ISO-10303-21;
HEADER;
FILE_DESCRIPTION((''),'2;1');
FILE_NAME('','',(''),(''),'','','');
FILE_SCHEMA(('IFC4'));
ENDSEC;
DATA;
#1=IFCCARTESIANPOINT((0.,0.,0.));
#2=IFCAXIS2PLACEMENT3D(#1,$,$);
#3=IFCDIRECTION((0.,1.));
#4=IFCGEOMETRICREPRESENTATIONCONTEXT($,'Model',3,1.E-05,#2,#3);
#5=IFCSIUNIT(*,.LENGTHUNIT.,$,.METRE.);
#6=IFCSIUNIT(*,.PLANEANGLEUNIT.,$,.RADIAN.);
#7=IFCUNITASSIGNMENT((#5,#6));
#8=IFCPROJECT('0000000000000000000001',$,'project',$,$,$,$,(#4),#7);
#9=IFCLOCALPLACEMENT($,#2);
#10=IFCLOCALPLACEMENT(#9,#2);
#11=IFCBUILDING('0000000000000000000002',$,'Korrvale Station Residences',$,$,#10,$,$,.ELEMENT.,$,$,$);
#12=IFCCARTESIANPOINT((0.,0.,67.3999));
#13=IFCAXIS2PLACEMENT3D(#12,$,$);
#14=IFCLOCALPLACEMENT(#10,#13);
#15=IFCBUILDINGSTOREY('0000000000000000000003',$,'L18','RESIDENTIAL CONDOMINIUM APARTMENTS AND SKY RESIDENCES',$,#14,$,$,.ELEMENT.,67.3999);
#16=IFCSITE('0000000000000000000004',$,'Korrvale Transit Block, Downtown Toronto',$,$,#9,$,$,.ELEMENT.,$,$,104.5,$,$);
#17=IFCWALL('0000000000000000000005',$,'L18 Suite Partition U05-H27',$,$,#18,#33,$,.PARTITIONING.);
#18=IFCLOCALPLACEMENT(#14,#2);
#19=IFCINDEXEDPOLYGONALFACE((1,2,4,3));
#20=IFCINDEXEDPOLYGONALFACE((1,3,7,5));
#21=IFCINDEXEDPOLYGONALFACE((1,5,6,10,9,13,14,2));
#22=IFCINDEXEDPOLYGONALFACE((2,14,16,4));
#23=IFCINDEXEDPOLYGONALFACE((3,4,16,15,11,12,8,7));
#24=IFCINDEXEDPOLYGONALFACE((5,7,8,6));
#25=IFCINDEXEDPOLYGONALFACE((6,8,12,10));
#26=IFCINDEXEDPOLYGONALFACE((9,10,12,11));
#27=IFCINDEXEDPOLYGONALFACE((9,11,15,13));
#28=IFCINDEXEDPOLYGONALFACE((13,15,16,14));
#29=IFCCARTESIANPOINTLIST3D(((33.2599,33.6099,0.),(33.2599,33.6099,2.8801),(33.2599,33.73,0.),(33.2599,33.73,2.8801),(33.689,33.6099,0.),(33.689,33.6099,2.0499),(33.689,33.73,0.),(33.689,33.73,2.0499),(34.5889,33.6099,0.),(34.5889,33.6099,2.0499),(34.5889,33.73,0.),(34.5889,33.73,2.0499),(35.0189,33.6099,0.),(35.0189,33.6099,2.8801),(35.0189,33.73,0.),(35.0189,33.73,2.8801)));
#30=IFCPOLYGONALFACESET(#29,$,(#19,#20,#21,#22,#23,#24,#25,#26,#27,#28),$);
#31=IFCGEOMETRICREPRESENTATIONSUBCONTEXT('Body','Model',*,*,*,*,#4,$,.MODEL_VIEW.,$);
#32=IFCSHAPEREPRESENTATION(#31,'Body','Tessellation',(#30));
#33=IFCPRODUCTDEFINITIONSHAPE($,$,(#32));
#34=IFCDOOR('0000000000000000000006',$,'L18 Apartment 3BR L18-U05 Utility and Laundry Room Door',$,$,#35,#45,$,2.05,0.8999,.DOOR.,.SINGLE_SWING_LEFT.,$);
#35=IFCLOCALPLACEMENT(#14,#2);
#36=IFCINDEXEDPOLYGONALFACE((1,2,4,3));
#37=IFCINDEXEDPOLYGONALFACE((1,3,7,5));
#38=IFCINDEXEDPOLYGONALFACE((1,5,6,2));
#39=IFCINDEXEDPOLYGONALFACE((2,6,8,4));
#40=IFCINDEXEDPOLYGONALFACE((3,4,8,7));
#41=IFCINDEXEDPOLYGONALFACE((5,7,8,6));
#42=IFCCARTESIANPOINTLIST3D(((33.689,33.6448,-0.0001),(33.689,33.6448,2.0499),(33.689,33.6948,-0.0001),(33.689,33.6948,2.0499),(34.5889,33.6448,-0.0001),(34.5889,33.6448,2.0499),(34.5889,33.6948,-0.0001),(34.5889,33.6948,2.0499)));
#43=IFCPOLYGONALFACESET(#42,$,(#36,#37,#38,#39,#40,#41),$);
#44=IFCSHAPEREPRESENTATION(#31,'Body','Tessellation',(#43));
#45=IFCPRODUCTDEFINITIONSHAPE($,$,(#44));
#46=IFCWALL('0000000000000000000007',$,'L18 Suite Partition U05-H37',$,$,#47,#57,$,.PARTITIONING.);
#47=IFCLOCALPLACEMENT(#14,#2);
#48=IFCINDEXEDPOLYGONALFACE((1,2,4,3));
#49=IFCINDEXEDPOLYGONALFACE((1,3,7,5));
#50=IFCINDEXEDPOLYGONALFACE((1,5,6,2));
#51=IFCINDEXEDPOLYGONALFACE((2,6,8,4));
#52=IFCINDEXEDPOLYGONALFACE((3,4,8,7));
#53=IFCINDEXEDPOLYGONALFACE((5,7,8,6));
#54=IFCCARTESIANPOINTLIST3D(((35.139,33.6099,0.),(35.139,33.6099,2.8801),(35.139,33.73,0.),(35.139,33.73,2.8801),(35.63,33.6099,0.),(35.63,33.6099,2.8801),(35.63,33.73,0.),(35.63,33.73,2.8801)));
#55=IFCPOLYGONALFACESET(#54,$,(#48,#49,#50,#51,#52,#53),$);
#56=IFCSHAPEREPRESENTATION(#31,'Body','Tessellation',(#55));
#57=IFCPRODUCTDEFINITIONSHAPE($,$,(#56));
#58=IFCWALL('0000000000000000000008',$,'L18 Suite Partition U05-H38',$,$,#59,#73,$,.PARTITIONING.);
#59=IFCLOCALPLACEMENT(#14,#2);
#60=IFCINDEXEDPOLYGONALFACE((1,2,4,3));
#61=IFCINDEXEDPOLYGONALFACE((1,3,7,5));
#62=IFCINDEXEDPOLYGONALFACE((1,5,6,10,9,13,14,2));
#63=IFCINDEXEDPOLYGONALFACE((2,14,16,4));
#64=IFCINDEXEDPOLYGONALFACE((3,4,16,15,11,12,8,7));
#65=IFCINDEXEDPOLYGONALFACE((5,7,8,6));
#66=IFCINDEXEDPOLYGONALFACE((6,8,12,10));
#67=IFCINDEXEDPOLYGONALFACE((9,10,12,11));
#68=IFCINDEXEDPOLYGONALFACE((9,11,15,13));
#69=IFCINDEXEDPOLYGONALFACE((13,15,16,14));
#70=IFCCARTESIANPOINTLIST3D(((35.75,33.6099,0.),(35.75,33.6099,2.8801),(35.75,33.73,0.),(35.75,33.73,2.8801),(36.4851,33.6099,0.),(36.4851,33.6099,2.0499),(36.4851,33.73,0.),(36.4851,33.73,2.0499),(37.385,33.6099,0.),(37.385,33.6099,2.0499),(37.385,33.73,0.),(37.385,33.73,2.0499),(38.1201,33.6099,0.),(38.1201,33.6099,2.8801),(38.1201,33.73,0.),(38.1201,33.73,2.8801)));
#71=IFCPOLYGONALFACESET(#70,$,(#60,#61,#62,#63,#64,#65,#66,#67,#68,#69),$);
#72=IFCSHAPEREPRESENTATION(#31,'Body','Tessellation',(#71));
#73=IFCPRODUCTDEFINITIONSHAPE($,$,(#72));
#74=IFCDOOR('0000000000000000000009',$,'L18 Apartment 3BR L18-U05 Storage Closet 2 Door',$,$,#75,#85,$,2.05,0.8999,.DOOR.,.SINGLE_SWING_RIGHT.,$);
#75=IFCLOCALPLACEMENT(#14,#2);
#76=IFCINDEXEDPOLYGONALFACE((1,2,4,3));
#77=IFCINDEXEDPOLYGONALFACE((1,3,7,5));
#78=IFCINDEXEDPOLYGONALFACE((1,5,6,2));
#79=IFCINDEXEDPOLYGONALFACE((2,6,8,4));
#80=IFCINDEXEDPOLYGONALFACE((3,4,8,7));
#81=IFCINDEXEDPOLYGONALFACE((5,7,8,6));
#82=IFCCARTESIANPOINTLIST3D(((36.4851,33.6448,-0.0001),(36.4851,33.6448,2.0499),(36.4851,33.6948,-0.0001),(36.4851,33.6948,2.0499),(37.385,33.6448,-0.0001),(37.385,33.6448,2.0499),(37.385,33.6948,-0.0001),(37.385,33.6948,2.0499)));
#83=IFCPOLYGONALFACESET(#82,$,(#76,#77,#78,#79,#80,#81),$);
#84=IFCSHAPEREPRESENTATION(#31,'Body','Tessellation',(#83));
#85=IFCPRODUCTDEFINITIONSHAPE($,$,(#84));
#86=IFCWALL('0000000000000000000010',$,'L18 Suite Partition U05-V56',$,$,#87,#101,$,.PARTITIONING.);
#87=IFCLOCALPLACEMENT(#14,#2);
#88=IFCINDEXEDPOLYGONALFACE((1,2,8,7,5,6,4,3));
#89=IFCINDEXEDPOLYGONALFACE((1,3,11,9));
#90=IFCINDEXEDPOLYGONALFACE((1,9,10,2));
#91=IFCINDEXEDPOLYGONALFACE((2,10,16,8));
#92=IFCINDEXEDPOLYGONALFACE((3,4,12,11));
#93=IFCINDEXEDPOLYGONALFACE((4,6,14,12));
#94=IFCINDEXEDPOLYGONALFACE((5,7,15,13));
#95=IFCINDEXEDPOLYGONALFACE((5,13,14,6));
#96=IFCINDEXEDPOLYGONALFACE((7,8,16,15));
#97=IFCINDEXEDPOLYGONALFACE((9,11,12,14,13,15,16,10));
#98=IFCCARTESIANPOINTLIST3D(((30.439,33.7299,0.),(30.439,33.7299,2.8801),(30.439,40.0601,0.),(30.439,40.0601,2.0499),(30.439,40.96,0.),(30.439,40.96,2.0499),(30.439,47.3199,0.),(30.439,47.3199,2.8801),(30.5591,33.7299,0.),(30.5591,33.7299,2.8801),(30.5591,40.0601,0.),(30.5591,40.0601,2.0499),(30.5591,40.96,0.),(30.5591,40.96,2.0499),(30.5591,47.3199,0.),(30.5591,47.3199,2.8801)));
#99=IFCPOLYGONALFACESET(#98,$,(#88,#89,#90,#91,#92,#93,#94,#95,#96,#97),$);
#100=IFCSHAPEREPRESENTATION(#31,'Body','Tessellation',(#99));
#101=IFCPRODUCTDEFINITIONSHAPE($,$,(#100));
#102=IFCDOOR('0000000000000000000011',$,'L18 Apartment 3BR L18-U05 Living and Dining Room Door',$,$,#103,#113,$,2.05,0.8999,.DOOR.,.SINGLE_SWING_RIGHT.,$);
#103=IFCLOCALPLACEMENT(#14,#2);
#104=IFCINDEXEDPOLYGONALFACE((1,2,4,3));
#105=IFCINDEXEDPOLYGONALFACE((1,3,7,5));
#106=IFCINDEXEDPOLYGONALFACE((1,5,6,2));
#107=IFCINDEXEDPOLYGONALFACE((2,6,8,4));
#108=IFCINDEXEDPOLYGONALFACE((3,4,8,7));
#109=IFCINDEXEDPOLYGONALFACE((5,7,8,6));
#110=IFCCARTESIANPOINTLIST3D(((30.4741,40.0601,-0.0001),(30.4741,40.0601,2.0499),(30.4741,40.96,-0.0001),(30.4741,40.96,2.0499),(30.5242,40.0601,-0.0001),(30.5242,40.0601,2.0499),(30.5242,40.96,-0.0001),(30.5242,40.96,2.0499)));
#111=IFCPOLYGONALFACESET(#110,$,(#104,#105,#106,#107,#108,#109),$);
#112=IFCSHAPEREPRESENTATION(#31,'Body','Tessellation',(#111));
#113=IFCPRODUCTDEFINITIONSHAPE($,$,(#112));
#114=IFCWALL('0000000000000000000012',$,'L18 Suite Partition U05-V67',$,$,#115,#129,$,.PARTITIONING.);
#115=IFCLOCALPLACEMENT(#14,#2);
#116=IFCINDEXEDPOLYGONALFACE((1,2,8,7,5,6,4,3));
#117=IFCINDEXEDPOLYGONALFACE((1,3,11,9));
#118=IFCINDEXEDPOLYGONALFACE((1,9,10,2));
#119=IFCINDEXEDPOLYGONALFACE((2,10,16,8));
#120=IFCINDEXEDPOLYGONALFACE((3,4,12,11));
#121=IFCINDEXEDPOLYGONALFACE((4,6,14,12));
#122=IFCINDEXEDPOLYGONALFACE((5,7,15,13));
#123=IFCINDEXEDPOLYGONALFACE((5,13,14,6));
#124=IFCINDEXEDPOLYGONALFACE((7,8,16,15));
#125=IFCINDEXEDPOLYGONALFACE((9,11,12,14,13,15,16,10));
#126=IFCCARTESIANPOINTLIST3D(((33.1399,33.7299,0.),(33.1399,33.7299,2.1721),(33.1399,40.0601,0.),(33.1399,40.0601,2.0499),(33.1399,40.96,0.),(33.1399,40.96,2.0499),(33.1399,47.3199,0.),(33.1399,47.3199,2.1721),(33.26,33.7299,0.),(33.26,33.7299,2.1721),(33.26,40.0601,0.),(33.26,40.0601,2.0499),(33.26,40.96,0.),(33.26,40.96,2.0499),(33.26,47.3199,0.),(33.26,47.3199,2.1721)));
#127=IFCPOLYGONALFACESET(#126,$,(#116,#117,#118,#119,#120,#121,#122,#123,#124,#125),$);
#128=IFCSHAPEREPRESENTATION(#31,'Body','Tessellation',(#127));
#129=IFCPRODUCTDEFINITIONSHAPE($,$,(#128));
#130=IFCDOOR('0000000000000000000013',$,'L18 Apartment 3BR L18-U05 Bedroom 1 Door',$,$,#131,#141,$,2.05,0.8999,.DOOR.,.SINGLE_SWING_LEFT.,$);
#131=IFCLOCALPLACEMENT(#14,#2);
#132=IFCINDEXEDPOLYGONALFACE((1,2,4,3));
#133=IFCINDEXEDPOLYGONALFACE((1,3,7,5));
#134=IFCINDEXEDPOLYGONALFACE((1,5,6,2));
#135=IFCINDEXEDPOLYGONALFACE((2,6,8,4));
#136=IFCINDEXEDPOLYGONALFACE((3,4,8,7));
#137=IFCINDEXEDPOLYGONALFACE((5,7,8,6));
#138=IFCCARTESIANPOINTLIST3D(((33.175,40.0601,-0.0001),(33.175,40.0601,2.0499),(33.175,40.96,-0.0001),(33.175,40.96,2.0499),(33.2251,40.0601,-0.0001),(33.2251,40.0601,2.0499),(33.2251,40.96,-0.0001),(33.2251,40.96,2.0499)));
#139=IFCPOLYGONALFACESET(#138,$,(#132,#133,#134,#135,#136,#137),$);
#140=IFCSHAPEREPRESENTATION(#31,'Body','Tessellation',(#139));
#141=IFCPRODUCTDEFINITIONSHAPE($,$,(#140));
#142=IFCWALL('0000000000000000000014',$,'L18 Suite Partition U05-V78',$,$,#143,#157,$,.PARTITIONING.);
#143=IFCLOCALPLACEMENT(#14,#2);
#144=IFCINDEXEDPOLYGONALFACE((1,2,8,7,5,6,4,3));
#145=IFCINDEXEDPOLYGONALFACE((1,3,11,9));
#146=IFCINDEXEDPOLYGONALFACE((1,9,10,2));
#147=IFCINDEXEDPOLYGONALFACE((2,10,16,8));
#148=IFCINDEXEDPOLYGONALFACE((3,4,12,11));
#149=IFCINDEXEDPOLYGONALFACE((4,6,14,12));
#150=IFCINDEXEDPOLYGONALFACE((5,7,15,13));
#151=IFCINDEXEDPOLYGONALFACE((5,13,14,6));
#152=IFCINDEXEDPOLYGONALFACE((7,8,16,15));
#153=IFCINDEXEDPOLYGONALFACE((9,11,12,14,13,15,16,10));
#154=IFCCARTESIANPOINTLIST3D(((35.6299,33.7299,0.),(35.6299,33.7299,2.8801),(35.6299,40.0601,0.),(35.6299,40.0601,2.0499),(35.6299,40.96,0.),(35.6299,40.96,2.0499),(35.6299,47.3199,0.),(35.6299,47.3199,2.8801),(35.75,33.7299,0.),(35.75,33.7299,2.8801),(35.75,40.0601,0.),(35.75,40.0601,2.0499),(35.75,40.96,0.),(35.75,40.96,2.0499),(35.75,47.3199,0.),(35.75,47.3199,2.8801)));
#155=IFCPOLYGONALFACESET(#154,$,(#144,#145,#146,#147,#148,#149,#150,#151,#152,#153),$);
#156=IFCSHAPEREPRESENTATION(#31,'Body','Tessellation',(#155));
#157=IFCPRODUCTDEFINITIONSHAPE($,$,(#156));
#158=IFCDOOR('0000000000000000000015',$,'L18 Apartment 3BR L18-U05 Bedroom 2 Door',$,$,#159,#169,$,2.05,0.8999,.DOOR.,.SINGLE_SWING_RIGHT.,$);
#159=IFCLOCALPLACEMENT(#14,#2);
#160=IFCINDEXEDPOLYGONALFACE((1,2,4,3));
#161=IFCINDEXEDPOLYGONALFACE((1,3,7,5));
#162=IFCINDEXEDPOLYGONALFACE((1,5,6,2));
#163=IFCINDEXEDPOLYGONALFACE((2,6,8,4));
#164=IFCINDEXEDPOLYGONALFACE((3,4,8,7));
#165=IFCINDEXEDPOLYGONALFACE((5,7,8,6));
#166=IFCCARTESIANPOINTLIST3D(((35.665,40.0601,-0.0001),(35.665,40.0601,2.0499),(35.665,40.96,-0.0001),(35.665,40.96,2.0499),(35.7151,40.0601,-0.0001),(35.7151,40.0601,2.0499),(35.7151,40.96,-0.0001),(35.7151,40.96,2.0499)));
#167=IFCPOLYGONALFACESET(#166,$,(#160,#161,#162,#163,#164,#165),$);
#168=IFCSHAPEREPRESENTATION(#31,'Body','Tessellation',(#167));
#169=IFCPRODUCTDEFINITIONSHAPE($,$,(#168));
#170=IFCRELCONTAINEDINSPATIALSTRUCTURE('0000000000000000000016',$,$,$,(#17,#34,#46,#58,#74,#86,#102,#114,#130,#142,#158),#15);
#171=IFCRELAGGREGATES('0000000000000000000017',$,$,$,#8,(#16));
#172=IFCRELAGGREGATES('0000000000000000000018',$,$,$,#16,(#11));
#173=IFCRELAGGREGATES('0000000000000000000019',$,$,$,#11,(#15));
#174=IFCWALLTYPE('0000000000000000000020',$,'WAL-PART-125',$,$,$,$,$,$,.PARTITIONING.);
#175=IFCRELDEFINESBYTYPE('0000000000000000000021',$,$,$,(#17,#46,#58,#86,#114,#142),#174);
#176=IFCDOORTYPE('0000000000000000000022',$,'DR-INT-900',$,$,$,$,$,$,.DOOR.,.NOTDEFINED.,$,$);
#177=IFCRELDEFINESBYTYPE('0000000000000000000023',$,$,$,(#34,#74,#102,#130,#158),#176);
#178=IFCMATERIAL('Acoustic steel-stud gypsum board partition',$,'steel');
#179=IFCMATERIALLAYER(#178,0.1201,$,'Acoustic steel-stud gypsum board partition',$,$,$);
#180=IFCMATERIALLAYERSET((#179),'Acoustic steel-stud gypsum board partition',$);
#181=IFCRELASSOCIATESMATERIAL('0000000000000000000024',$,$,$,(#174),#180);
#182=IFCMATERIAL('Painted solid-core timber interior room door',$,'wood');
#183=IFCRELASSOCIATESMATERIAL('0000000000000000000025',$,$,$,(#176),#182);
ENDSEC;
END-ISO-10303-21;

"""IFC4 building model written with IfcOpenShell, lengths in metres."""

from ifc_helpers import new_model, si_unit, direction, frame, frame_2d, origin, place, context, subcontext, project, spatial, rectangle, extrude, material, layer, layer_set, type_object, element, fill, save


model = new_model("IFC4")

# Units and contexts
model_context = context("Model", 3, precision=1e-05, world=origin(), true_north=direction((0.0, 1.0)))
body_context = subcontext(model_context, "Body", "Model", "MODEL_VIEW")
ifc_project = project(units=[si_unit("LENGTHUNIT", "METRE"), si_unit("PLANEANGLEUNIT", "RADIAN")], contexts=[model_context])

# Site, building, storey
site_placement = place(None, origin())
site = spatial("IfcSite", under=ifc_project, at=site_placement, Name="Korrvale Transit Block, Downtown Toronto", CompositionType="ELEMENT", RefElevation=104.5)
building_placement = place(site_placement, origin())
building = spatial("IfcBuilding", under=site, at=building_placement, Name="Korrvale Station Residences", CompositionType="ELEMENT")
storey_placement = place(building_placement, frame((0.0, 0.0, 67.3999)))
storey = spatial("IfcBuildingStorey", under=building, at=storey_placement, Name="L18", Description="RESIDENTIAL CONDOMINIUM APARTMENTS AND SKY RESIDENCES", CompositionType="ELEMENT", Elevation=67.3999)

# Shared definitions
ifc_material_1 = material(Name="Acoustic steel-stud gypsum board partition", Category="steel")
ifc_layer = layer(ifc_material_1, 0.1201, Name="Acoustic steel-stud gypsum board partition")
ifc_layer_set = layer_set([ifc_layer], Name="Acoustic steel-stud gypsum board partition")
wall_type = type_object("IfcWallType", Name="WAL-PART-125", PredefinedType="PARTITIONING", material=ifc_layer_set)
ifc_material_2 = material(Name="Painted solid-core timber interior room door", Category="wood")
door_type = type_object("IfcDoorType", Name="DR-INT-900", OperationType="NOTDEFINED", PredefinedType="DOOR", material=ifc_material_2)

# Wall, opening, door
wall_1_placement = place(storey_placement, frame((33.26, 33.6699, 0.0), z_axis=(0.0, 0.0, 1.0), x_axis=(1.0, 0.0, 0.0)))
wall_1 = element("IfcWall", 1, at=wall_1_placement, inside=storey, type_object=wall_type, Name="L18 Suite Partition U05-H27", PredefinedType="PARTITIONING", context=body_context, shape_type="SweptSolid", body=[
    extrude(rectangle(XDim=1.759, YDim=0.1201, at=frame_2d((0.8794, 0.0))), origin(), (0.0, 0.0, 1.0), 2.8801),
])
opening_1_placement = place(wall_1_placement, frame((0.429, 0.0, 0.0)))
opening_1 = element("IfcOpeningElement", 2, at=opening_1_placement, cuts=wall_1, PredefinedType="OPENING", context=body_context, shape_type="SweptSolid", body=[
    extrude(rectangle(XDim=0.8999, YDim=2.05, at=frame_2d((0.45, 1.0249))), frame((0.0, 0.0701, 0.0), z_axis=(0.0, -1.0, 0.0), x_axis=(1.0, 0.0, 0.0)), (0.0, 0.0, 1.0), 0.1401),
])
door_1_placement = place(opening_1_placement, origin())
door_1 = element("IfcDoor", 3, at=door_1_placement, inside=storey, type_object=door_type, Name="L18 Apartment 3BR L18-U05 Utility and Laundry Room Door", OperationType="SINGLE_SWING_LEFT", OverallHeight=2.05, OverallWidth=0.8999, PredefinedType="DOOR", context=body_context, shape_type="SweptSolid", body=[
    extrude(rectangle(XDim=0.8999, YDim=2.05, at=frame_2d((0.45, 1.0249))), frame((0.0, 0.0249, 0.0), z_axis=(0.0, -1.0, 0.0), x_axis=(1.0, 0.0, 0.0)), (0.0, 0.0, 1.0), 0.05),
])
fill(opening_1, door_1)

# Wall
wall_2_placement = place(storey_placement, frame((35.1389, 33.6699, 0.0), z_axis=(0.0, 0.0, 1.0), x_axis=(1.0, 0.0, 0.0)))
element("IfcWall", 4, at=wall_2_placement, inside=storey, type_object=wall_type, Name="L18 Suite Partition U05-H37", PredefinedType="PARTITIONING", context=body_context, shape_type="SweptSolid", body=[
    extrude(rectangle(XDim=0.491, YDim=0.1201, at=frame_2d((0.2456, 0.0))), origin(), (0.0, 0.0, 1.0), 2.8801),
])

# Walls, openings, doors
wall_3_placement = place(storey_placement, frame((35.75, 33.6699, 0.0), z_axis=(0.0, 0.0, 1.0), x_axis=(1.0, 0.0, 0.0)))
wall_3 = element("IfcWall", 5, at=wall_3_placement, inside=storey, type_object=wall_type, Name="L18 Suite Partition U05-H38", PredefinedType="PARTITIONING", context=body_context, shape_type="SweptSolid", body=[
    extrude(rectangle(XDim=2.3701, YDim=0.1201, at=frame_2d((1.1851, 0.0))), origin(), (0.0, 0.0, 1.0), 2.8801),
])
opening_2_placement = place(wall_3_placement, frame((0.7351, 0.0, 0.0)))
opening_2 = element("IfcOpeningElement", 6, at=opening_2_placement, cuts=wall_3, PredefinedType="OPENING", context=body_context, shape_type="SweptSolid", body=[
    extrude(rectangle(XDim=0.8999, YDim=2.05, at=frame_2d((0.45, 1.0249))), frame((0.0, 0.0701, 0.0), z_axis=(0.0, -1.0, 0.0), x_axis=(1.0, 0.0, 0.0)), (0.0, 0.0, 1.0), 0.1401),
])
door_2_placement = place(opening_2_placement, origin())
door_2 = element("IfcDoor", 7, at=door_2_placement, inside=storey, type_object=door_type, Name="L18 Apartment 3BR L18-U05 Storage Closet 2 Door", OperationType="SINGLE_SWING_RIGHT", OverallHeight=2.05, OverallWidth=0.8999, PredefinedType="DOOR", context=body_context, shape_type="SweptSolid", body=[
    extrude(rectangle(XDim=0.8999, YDim=2.05, at=frame_2d((0.45, 1.0249))), frame((0.0, 0.0249, 0.0), z_axis=(0.0, -1.0, 0.0), x_axis=(1.0, 0.0, 0.0)), (0.0, 0.0, 1.0), 0.05),
])
fill(opening_2, door_2)
wall_4_placement = place(storey_placement, frame((30.499, 33.73, 0.0), z_axis=(0.0, 0.0, 1.0), x_axis=(0.0, 1.0, 0.0)))
wall_4 = element("IfcWall", 8, at=wall_4_placement, inside=storey, type_object=wall_type, Name="L18 Suite Partition U05-V56", PredefinedType="PARTITIONING", context=body_context, shape_type="SweptSolid", body=[
    extrude(rectangle(XDim=13.5901, YDim=0.1201, at=frame_2d((6.7949, 0.0))), origin(), (0.0, 0.0, 1.0), 2.8801),
])
opening_3_placement = place(wall_4_placement, frame((6.3301, 0.0, 0.0)))
opening_3 = element("IfcOpeningElement", 9, at=opening_3_placement, cuts=wall_4, PredefinedType="OPENING", context=body_context, shape_type="SweptSolid", body=[
    extrude(rectangle(XDim=0.8999, YDim=2.05, at=frame_2d((0.45, 1.0249))), frame((0.0, 0.0701, 0.0), z_axis=(0.0, -1.0, 0.0), x_axis=(1.0, 0.0, 0.0)), (0.0, 0.0, 1.0), 0.1401),
])
door_3_placement = place(opening_3_placement, origin())
door_3 = element("IfcDoor", 10, at=door_3_placement, inside=storey, type_object=door_type, Name="L18 Apartment 3BR L18-U05 Living and Dining Room Door", OperationType="SINGLE_SWING_RIGHT", OverallHeight=2.05, OverallWidth=0.8999, PredefinedType="DOOR", context=body_context, shape_type="SweptSolid", body=[
    extrude(rectangle(XDim=0.8999, YDim=2.05, at=frame_2d((0.45, 1.0249))), frame((0.0, 0.0249, 0.0), z_axis=(0.0, -1.0, 0.0), x_axis=(1.0, 0.0, 0.0)), (0.0, 0.0, 1.0), 0.05),
])
fill(opening_3, door_3)
wall_5_placement = place(storey_placement, frame((33.2, 33.73, 0.0), z_axis=(0.0, 0.0, 1.0), x_axis=(0.0, 1.0, 0.0)))
wall_5 = element("IfcWall", 11, at=wall_5_placement, inside=storey, type_object=wall_type, Name="L18 Suite Partition U05-V67", PredefinedType="PARTITIONING", context=body_context, shape_type="SweptSolid", body=[
    extrude(rectangle(XDim=13.5901, YDim=0.1201, at=frame_2d((6.7949, 0.0))), origin(), (0.0, 0.0, 1.0), 2.1721),
])
opening_4_placement = place(wall_5_placement, frame((6.3301, 0.0, 0.0)))
opening_4 = element("IfcOpeningElement", 12, at=opening_4_placement, cuts=wall_5, PredefinedType="OPENING", context=body_context, shape_type="SweptSolid", body=[
    extrude(rectangle(XDim=0.8999, YDim=2.05, at=frame_2d((0.45, 1.0249))), frame((0.0, 0.0701, 0.0), z_axis=(0.0, -1.0, 0.0), x_axis=(1.0, 0.0, 0.0)), (0.0, 0.0, 1.0), 0.1401),
])
door_4_placement = place(opening_4_placement, origin())
door_4 = element("IfcDoor", 13, at=door_4_placement, inside=storey, type_object=door_type, Name="L18 Apartment 3BR L18-U05 Bedroom 1 Door", OperationType="SINGLE_SWING_LEFT", OverallHeight=2.05, OverallWidth=0.8999, PredefinedType="DOOR", context=body_context, shape_type="SweptSolid", body=[
    extrude(rectangle(XDim=0.8999, YDim=2.05, at=frame_2d((0.45, 1.0249))), frame((0.0, 0.0249, 0.0), z_axis=(0.0, -1.0, 0.0), x_axis=(1.0, 0.0, 0.0)), (0.0, 0.0, 1.0), 0.05),
])
fill(opening_4, door_4)
wall_6_placement = place(storey_placement, frame((35.6899, 33.73, 0.0), z_axis=(0.0, 0.0, 1.0), x_axis=(0.0, 1.0, 0.0)))
wall_6 = element("IfcWall", 14, at=wall_6_placement, inside=storey, type_object=wall_type, Name="L18 Suite Partition U05-V78", PredefinedType="PARTITIONING", context=body_context, shape_type="SweptSolid", body=[
    extrude(rectangle(XDim=13.5901, YDim=0.1201, at=frame_2d((6.7949, 0.0))), origin(), (0.0, 0.0, 1.0), 2.8801),
])
opening_5_placement = place(wall_6_placement, frame((6.3301, 0.0, 0.0)))
opening_5 = element("IfcOpeningElement", 15, at=opening_5_placement, cuts=wall_6, PredefinedType="OPENING", context=body_context, shape_type="SweptSolid", body=[
    extrude(rectangle(XDim=0.8999, YDim=2.05, at=frame_2d((0.45, 1.0249))), frame((0.0, 0.0701, 0.0), z_axis=(0.0, -1.0, 0.0), x_axis=(1.0, 0.0, 0.0)), (0.0, 0.0, 1.0), 0.1401),
])
door_5_placement = place(opening_5_placement, origin())
door_5 = element("IfcDoor", 16, at=door_5_placement, inside=storey, type_object=door_type, Name="L18 Apartment 3BR L18-U05 Bedroom 2 Door", OperationType="SINGLE_SWING_RIGHT", OverallHeight=2.05, OverallWidth=0.8999, PredefinedType="DOOR", context=body_context, shape_type="SweptSolid", body=[
    extrude(rectangle(XDim=0.8999, YDim=2.05, at=frame_2d((0.45, 1.0249))), frame((0.0, 0.0249, 0.0), z_axis=(0.0, -1.0, 0.0), x_axis=(1.0, 0.0, 0.0)), (0.0, 0.0, 1.0), 0.05),
])
fill(opening_5, door_5)

save(model, "model.ifc")
